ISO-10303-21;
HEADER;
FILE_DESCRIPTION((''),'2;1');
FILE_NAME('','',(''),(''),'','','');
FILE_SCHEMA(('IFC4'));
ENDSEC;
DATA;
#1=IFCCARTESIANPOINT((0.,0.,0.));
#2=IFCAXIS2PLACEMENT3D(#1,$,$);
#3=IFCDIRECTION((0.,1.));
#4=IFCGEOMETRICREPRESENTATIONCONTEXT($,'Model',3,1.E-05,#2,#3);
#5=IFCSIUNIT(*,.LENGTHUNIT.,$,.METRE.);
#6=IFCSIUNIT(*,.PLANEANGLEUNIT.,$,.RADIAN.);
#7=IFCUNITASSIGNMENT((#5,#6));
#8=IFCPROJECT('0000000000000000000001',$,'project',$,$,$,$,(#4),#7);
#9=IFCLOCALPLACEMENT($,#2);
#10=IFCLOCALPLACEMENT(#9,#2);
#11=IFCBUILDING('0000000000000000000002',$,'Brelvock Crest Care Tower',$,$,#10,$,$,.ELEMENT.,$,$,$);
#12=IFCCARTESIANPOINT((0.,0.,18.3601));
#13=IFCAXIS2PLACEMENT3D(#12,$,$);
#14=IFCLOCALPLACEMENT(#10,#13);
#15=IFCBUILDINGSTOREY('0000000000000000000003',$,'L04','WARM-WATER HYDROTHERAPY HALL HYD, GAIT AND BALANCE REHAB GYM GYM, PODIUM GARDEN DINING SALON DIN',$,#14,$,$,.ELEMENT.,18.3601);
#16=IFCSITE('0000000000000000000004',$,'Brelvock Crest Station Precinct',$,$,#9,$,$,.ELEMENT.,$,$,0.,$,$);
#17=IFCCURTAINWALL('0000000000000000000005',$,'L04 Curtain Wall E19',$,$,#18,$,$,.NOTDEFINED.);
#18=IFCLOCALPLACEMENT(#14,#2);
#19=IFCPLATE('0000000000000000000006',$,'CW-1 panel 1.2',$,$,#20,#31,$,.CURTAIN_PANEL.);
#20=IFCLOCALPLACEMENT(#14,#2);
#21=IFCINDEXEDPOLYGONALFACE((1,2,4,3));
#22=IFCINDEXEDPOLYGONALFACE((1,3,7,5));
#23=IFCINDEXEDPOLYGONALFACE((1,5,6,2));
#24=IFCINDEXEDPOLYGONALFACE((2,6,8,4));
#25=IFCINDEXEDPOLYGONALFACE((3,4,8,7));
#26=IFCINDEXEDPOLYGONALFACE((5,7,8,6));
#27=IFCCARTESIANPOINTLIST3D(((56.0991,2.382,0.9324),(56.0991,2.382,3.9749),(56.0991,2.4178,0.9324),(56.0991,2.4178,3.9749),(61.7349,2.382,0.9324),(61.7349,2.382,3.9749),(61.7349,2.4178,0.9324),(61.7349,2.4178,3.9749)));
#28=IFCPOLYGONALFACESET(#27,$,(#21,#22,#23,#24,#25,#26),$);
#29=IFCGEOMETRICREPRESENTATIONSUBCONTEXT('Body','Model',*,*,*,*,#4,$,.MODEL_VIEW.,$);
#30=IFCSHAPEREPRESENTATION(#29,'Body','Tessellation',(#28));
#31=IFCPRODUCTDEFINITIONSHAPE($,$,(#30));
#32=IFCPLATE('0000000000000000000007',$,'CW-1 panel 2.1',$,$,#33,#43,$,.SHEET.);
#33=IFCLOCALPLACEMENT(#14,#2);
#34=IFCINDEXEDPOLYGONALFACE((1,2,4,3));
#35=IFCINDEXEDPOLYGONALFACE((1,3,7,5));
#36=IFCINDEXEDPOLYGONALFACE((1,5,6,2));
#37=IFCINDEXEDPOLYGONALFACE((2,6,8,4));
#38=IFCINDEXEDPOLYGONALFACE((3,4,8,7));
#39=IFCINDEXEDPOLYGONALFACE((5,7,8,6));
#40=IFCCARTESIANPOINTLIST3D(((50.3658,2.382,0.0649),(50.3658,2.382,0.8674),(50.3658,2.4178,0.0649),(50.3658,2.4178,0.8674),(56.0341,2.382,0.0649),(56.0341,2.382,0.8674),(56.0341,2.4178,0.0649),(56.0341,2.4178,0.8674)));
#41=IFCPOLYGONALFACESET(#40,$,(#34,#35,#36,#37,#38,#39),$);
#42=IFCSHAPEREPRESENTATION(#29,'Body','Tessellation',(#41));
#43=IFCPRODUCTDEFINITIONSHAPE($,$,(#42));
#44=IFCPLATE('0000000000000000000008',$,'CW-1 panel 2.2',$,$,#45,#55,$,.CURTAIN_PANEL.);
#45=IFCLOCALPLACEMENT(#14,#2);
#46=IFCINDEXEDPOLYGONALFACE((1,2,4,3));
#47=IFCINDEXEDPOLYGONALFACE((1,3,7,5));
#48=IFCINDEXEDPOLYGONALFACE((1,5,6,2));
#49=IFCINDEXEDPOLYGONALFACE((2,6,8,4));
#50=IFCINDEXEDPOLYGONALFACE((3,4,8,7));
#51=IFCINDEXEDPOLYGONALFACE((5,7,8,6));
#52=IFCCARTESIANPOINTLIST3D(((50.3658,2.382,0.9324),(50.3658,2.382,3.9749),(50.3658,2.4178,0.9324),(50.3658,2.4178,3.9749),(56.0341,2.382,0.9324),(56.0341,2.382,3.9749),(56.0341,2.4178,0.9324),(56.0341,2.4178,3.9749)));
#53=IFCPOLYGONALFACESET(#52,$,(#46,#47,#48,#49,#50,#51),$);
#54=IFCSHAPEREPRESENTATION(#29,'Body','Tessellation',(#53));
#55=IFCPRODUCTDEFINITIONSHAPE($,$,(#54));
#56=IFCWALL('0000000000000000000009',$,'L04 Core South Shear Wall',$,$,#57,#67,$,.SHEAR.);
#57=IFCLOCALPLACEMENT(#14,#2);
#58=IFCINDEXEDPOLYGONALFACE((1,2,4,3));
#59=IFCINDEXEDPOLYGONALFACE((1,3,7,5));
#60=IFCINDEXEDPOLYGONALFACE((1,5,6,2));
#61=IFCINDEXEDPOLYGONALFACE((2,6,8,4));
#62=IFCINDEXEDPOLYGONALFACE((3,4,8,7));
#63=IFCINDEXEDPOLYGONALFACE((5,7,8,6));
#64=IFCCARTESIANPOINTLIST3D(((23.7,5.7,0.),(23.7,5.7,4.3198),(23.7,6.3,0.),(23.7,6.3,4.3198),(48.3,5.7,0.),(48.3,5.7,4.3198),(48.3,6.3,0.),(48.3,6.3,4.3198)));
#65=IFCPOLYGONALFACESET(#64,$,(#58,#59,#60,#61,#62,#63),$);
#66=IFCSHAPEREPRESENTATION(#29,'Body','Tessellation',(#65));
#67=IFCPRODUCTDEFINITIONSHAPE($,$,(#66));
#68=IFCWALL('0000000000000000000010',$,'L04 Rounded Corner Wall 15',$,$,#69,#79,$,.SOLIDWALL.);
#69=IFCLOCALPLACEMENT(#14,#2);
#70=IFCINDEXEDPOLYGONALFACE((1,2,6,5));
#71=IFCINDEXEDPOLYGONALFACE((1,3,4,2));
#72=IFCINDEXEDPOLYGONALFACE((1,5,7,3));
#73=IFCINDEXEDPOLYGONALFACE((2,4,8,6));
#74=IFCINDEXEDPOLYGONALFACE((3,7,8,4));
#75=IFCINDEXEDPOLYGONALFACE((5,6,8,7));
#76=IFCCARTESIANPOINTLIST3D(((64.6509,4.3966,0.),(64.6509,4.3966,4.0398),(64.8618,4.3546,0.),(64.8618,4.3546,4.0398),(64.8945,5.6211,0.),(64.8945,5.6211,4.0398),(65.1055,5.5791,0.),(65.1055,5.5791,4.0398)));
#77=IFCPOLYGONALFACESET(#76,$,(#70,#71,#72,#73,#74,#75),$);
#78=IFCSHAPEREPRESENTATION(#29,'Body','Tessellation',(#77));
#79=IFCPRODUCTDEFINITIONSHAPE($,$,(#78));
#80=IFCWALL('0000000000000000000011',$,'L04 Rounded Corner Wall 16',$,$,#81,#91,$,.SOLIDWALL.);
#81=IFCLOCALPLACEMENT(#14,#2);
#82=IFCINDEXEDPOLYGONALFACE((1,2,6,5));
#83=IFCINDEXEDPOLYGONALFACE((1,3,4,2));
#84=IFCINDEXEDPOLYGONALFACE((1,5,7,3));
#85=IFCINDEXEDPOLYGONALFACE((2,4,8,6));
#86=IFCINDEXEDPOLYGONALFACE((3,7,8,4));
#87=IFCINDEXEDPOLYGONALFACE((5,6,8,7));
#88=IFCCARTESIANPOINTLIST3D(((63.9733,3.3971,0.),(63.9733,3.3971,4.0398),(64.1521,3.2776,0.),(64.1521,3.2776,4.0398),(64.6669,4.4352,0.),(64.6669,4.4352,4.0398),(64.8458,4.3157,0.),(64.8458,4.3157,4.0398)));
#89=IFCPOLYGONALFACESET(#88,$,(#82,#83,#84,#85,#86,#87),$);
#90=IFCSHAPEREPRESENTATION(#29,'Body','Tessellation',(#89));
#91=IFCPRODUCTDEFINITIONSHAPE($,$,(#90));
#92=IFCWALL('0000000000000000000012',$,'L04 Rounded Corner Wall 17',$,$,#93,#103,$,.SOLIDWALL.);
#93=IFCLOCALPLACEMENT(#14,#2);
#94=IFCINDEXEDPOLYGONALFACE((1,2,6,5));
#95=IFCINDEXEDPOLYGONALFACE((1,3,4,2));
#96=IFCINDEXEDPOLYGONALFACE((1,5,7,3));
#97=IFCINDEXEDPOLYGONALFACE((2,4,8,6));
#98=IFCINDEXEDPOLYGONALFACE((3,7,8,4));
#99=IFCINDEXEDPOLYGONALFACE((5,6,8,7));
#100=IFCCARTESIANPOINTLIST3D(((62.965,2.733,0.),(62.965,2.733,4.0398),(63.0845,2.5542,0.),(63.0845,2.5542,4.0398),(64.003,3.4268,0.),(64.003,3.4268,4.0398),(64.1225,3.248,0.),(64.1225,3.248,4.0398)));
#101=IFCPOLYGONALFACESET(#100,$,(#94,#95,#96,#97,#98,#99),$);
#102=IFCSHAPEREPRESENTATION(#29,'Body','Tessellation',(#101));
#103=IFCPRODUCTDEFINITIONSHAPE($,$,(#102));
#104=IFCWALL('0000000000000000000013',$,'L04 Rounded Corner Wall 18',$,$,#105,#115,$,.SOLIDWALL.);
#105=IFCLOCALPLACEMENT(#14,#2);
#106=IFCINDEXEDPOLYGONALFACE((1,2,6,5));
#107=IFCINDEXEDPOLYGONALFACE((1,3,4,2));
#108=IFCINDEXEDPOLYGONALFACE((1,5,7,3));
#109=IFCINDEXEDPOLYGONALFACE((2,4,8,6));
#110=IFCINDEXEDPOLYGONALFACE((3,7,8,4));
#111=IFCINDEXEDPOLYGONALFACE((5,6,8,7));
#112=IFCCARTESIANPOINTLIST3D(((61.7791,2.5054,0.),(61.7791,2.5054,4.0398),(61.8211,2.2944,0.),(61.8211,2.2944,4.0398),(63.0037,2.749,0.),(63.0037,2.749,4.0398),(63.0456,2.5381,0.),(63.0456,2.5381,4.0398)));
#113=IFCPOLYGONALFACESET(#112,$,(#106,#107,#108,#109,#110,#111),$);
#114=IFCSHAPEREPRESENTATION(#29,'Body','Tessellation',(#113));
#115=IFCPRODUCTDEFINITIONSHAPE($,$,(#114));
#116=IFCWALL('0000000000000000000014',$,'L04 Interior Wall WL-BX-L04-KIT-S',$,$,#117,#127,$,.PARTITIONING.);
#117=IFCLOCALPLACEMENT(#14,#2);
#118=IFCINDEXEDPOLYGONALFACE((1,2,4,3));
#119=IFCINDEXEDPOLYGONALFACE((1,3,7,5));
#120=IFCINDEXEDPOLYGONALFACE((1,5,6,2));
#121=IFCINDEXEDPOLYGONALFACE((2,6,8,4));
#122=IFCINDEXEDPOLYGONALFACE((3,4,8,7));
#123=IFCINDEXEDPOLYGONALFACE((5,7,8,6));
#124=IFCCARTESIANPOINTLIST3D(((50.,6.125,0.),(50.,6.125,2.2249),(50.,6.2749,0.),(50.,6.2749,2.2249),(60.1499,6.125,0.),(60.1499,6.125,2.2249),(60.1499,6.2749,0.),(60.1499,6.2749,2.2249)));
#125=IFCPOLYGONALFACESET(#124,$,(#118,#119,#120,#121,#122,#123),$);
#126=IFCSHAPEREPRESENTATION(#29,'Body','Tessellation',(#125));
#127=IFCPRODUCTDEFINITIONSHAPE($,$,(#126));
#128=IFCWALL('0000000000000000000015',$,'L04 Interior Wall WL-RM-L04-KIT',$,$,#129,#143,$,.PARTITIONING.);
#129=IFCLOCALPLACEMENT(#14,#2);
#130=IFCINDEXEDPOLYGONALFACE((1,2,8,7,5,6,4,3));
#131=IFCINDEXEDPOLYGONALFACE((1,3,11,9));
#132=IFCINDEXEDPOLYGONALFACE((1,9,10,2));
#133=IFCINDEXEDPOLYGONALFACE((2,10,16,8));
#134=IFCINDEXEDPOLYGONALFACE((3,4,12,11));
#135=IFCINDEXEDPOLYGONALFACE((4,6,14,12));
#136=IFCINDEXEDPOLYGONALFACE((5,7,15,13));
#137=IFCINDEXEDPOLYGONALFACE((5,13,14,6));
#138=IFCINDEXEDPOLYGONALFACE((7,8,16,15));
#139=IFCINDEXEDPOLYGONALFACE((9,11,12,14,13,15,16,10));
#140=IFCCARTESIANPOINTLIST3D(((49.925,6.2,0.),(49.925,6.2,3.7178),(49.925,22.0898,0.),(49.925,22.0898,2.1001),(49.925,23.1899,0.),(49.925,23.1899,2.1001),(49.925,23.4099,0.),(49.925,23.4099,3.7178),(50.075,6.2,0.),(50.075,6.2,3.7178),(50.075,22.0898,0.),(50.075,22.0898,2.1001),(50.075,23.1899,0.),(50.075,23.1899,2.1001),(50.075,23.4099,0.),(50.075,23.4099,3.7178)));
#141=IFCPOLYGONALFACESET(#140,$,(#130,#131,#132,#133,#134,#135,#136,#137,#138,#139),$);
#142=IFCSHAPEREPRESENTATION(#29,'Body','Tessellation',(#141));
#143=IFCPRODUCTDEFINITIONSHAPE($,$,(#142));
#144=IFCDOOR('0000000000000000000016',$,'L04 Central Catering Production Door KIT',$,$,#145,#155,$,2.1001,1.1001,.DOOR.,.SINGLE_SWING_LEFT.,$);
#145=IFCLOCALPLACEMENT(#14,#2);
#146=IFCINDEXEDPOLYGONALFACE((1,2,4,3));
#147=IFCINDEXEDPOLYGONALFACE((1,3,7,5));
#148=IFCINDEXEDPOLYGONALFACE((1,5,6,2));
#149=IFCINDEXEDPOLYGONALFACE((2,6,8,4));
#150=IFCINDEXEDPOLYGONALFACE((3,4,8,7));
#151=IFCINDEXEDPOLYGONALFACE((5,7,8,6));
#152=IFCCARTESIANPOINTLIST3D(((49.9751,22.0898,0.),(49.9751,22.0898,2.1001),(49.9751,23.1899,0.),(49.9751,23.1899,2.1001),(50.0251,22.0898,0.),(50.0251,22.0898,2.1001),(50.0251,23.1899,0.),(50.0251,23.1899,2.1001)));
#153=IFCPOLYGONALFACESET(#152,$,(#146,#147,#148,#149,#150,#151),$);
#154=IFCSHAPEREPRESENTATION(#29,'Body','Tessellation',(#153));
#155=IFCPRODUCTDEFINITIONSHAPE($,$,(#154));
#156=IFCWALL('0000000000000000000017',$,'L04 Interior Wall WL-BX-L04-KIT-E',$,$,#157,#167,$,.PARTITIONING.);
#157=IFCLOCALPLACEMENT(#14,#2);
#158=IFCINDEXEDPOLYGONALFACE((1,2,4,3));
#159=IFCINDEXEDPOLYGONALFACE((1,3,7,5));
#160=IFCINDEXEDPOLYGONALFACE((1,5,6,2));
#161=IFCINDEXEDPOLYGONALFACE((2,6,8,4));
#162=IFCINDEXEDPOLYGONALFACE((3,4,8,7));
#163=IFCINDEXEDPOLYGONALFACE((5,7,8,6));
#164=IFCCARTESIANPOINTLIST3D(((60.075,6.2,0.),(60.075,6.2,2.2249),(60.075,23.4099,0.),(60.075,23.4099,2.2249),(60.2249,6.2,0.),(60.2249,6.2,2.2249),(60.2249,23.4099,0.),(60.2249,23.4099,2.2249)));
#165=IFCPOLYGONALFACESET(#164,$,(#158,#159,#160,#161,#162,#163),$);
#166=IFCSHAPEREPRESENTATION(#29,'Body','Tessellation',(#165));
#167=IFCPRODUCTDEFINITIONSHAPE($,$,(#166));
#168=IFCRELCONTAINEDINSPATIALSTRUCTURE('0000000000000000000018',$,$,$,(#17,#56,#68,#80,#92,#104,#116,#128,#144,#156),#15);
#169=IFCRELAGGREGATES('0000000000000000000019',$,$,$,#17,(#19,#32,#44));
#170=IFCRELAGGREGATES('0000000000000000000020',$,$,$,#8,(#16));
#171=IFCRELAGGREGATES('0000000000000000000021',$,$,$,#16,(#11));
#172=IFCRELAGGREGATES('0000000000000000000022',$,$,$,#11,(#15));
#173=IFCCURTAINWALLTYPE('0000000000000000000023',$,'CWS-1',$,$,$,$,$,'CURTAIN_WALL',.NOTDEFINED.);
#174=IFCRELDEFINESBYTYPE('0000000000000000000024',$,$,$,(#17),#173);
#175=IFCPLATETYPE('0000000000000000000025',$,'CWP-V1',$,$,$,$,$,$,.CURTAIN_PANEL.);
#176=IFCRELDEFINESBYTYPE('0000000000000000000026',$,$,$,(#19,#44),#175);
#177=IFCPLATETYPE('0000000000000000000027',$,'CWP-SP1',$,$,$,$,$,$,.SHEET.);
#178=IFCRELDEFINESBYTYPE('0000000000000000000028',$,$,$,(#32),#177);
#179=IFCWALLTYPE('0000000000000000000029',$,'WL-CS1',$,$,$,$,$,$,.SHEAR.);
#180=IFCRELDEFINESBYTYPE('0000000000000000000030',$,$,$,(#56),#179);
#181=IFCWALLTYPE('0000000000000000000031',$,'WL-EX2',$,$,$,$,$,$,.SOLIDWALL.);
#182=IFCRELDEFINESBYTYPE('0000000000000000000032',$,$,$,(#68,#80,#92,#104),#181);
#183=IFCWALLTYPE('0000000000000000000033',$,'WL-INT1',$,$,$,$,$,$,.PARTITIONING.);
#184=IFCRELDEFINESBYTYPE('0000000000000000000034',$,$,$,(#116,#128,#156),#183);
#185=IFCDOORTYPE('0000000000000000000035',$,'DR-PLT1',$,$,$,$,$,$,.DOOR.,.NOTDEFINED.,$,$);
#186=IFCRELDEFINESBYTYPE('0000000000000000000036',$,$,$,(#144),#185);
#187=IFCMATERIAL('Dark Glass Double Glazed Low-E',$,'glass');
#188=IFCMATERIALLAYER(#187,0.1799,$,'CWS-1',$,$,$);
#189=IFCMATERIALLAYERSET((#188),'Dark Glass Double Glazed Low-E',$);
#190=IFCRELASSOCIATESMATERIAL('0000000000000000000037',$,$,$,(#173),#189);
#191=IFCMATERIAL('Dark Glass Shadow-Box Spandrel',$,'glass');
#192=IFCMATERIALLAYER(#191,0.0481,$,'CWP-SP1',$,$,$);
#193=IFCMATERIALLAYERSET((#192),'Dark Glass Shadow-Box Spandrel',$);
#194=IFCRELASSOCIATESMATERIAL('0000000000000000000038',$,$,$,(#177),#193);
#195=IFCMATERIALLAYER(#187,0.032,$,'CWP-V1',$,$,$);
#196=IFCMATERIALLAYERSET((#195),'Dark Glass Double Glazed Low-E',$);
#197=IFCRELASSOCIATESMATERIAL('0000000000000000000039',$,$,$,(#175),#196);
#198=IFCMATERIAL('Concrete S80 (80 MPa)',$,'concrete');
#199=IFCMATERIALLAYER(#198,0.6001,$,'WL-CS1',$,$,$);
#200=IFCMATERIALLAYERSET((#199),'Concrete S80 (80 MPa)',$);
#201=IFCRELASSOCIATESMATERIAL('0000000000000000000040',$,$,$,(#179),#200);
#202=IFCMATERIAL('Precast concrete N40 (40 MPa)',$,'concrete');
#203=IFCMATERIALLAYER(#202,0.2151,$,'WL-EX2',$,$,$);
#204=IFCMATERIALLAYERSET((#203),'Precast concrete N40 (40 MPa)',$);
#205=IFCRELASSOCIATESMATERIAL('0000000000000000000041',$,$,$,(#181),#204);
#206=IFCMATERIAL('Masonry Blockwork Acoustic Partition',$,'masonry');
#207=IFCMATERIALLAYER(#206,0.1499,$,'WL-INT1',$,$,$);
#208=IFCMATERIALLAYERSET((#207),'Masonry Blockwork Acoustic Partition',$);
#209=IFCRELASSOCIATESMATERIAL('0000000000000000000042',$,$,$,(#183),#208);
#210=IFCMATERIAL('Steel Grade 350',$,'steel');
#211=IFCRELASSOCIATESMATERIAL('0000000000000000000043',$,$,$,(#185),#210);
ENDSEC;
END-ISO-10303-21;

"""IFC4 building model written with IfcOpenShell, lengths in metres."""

from ifc_helpers import new_model, si_unit, direction, frame, frame_2d, origin, origin_2d, place, context, subcontext, project, spatial, rectangle, extrude, source, transform, mapped, material, layer, layer_set, type_object, element, fill, aggregate, save


model = new_model("IFC4")

# Units and contexts
model_context = context("Model", 3, precision=1e-05, world=origin(), true_north=direction((0.0, 1.0)))
body_context = subcontext(model_context, "Body", "Model", "MODEL_VIEW")
ifc_project = project(units=[si_unit("LENGTHUNIT", "METRE"), si_unit("PLANEANGLEUNIT", "RADIAN")], contexts=[model_context])

# Site, building, storey
site_placement = place(None, origin())
site = spatial("IfcSite", under=ifc_project, at=site_placement, Name="Brelvock Crest Station Precinct", CompositionType="ELEMENT", RefElevation=0.0)
building_placement = place(site_placement, origin())
building = spatial("IfcBuilding", under=site, at=building_placement, Name="Brelvock Crest Care Tower", CompositionType="ELEMENT")
storey_placement = place(building_placement, frame((0.0, 0.0, 18.3601)))
storey = spatial("IfcBuildingStorey", under=building, at=storey_placement, Name="L04", Description="WARM-WATER HYDROTHERAPY HALL HYD, GAIT AND BALANCE REHAB GYM GYM, PODIUM GARDEN DINING SALON DIN", CompositionType="ELEMENT", Elevation=18.3601)

# Shared definitions
ifc_material_1 = material(Name="Steel Grade 350", Category="steel")

# Curtain wall
ifc_material_2 = material(Name="Dark Glass Double Glazed Low-E", Category="glass")
ifc_layer_1 = layer(ifc_material_2, 0.1799, Name="CWS-1")
ifc_layer_set_1 = layer_set([ifc_layer_1], Name="Dark Glass Double Glazed Low-E")
curtain_wall_type = type_object("IfcCurtainWallType", Name="CWS-1", ElementType="CURTAIN_WALL", PredefinedType="NOTDEFINED", material=ifc_layer_set_1)
curtain_wall_1_placement = place(storey_placement, origin())
curtain_wall_1 = element("IfcCurtainWall", 1, at=curtain_wall_1_placement, inside=storey, type_object=curtain_wall_type, Name="L04 Curtain Wall E19", PredefinedType="NOTDEFINED")

# Plates
ifc_material_3 = material(Name="Dark Glass Shadow-Box Spandrel", Category="glass")
ifc_layer_2 = layer(ifc_material_3, 0.0481, Name="CWP-SP1")
ifc_layer_set_2 = layer_set([ifc_layer_2], Name="Dark Glass Shadow-Box Spandrel")
plate_type_1 = type_object("IfcPlateType", Name="CWP-SP1", PredefinedType="SHEET", material=ifc_layer_set_2)
ifc_layer_3 = layer(ifc_material_2, 0.032, Name="CWP-V1")
ifc_layer_set_3 = layer_set([ifc_layer_3], Name="Dark Glass Double Glazed Low-E")
plate_type_2 = type_object("IfcPlateType", Name="CWP-V1", PredefinedType="CURTAIN_PANEL", material=ifc_layer_set_3)
shared_shape_1 = source(origin(), body_context, "Body", "SweptSolid", [
    extrude(rectangle(XDim=5.6357, YDim=0.0359, at=origin_2d()), origin(), (0.0, 0.0, 1.0), 3.0425),
])
plate_1_placement = place(storey_placement, frame((58.917, 2.3999, 0.9324), z_axis=(0.0, 0.0, 1.0), x_axis=(-1.0, 0.0, 0.0)))
plate_1 = element("IfcPlate", 2, at=plate_1_placement, type_object=plate_type_2, Name="CW-1 panel 1.2", PredefinedType="CURTAIN_PANEL", context=body_context, shape_type="MappedRepresentation", body=[
    mapped(shared_shape_1, transform((0.0, 0.0, 0.0), x_axis=(1.0, 0.0, 0.0), y_axis=(0.0, 1.0, 0.0), z_axis=(0.0, 0.0, 1.0), scale=1.0)),
])
shared_shape_2 = source(origin(), body_context, "Body", "SweptSolid", [
    extrude(rectangle(XDim=5.6682, YDim=0.0359, at=origin_2d()), origin(), (0.0, 0.0, 1.0), 0.8025),
])
plate_2_placement = place(storey_placement, frame((53.2, 2.3999, 0.0649), z_axis=(0.0, 0.0, 1.0), x_axis=(-1.0, 0.0, 0.0)))
plate_2 = element("IfcPlate", 3, at=plate_2_placement, type_object=plate_type_1, Name="CW-1 panel 2.1", PredefinedType="SHEET", context=body_context, shape_type="MappedRepresentation", body=[
    mapped(shared_shape_2, transform((0.0, 0.0, 0.0), x_axis=(1.0, 0.0, 0.0), y_axis=(0.0, 1.0, 0.0), z_axis=(0.0, 0.0, 1.0), scale=1.0)),
])
shared_shape_3 = source(origin(), body_context, "Body", "SweptSolid", [
    extrude(rectangle(XDim=5.6682, YDim=0.0359, at=origin_2d()), origin(), (0.0, 0.0, 1.0), 3.0425),
])
plate_3_placement = place(storey_placement, frame((53.2, 2.3999, 0.9324), z_axis=(0.0, 0.0, 1.0), x_axis=(-1.0, 0.0, 0.0)))
plate_3 = element("IfcPlate", 4, at=plate_3_placement, type_object=plate_type_2, Name="CW-1 panel 2.2", PredefinedType="CURTAIN_PANEL", context=body_context, shape_type="MappedRepresentation", body=[
    mapped(shared_shape_3, transform((0.0, 0.0, 0.0), x_axis=(1.0, 0.0, 0.0), y_axis=(0.0, 1.0, 0.0), z_axis=(0.0, 0.0, 1.0), scale=1.0)),
])
aggregate(curtain_wall_1, [plate_1, plate_2, plate_3])

# Walls
ifc_material_4 = material(Name="Concrete S80 (80 MPa)", Category="concrete")
ifc_layer_4 = layer(ifc_material_4, 0.6001, Name="WL-CS1")
ifc_layer_set_4 = layer_set([ifc_layer_4], Name="Concrete S80 (80 MPa)")
wall_type_1 = type_object("IfcWallType", Name="WL-CS1", PredefinedType="SHEAR", material=ifc_layer_set_4)
wall_1_placement = place(storey_placement, frame((48.3, 6.0, 0.0), z_axis=(0.0, 0.0, 1.0), x_axis=(-1.0, 0.0, 0.0)))
element("IfcWall", 5, at=wall_1_placement, inside=storey, type_object=wall_type_1, Name="L04 Core South Shear Wall", PredefinedType="SHEAR", context=body_context, shape_type="SweptSolid", body=[
    extrude(rectangle(XDim=24.6001, YDim=0.6001, at=frame_2d((12.3, 0.0))), origin(), (0.0, 0.0, 1.0), 4.3198),
])
ifc_material_5 = material(Name="Precast concrete N40 (40 MPa)", Category="concrete")
ifc_layer_5 = layer(ifc_material_5, 0.2151, Name="WL-EX2")
ifc_layer_set_5 = layer_set([ifc_layer_5], Name="Precast concrete N40 (40 MPa)")
wall_type_2 = type_object("IfcWallType", Name="WL-EX2", PredefinedType="SOLIDWALL", material=ifc_layer_set_5)
for number, where, z_axis, x_axis, name in (
    (6, (65.0, 5.6001, 0.0), (0.0, 0.0, 1.0), (-0.195138, -0.980776, 0.0), "L04 Rounded Corner Wall 15"),
    (7, (64.7563, 4.3755, 0.0), (0.0, 0.0, 1.0), (-0.555557, -0.831478, 0.0), "L04 Rounded Corner Wall 16"),
    (8, (64.0627, 3.3374, 0.0), (0.0, 0.0, 1.0), (-0.831388, -0.555692, 0.0), "L04 Rounded Corner Wall 17"),
    (9, (63.0247, 2.6436, 0.0), (0.0, 0.0, 1.0), (-0.980776, -0.195138, 0.0), "L04 Rounded Corner Wall 18"),
):
    element("IfcWall", number, at=place(storey_placement, frame(where, z_axis=z_axis, x_axis=x_axis)), inside=storey, type_object=wall_type_2, Name=name, PredefinedType="SOLIDWALL", context=body_context, shape_type="SweptSolid", body=[
        extrude(rectangle(XDim=1.2485, YDim=0.2151, at=frame_2d((0.6243, 0.0))), origin(), (0.0, 0.0, 1.0), 4.0398),
    ])
ifc_material_6 = material(Name="Masonry Blockwork Acoustic Partition", Category="masonry")
ifc_layer_6 = layer(ifc_material_6, 0.1499, Name="WL-INT1")
ifc_layer_set_6 = layer_set([ifc_layer_6], Name="Masonry Blockwork Acoustic Partition")
wall_type_3 = type_object("IfcWallType", Name="WL-INT1", PredefinedType="PARTITIONING", material=ifc_layer_set_6)
wall_2_placement = place(storey_placement, frame((50.0, 6.2, 0.0), z_axis=(0.0, 0.0, 1.0), x_axis=(1.0, 0.0, 0.0)))
element("IfcWall", 10, at=wall_2_placement, inside=storey, type_object=wall_type_3, Name="L04 Interior Wall WL-BX-L04-KIT-S", PredefinedType="PARTITIONING", context=body_context, shape_type="SweptSolid", body=[
    extrude(rectangle(XDim=10.1499, YDim=0.1499, at=frame_2d((5.075, 0.0))), origin(), (0.0, 0.0, 1.0), 2.2249),
])

# Wall, opening, door
wall_3_placement = place(storey_placement, frame((50.0, 6.2, 0.0), z_axis=(0.0, 0.0, 1.0), x_axis=(0.0, 1.0, 0.0)))
wall_3 = element("IfcWall", 11, at=wall_3_placement, inside=storey, type_object=wall_type_3, Name="L04 Interior Wall WL-RM-L04-KIT", PredefinedType="PARTITIONING", context=body_context, shape_type="SweptSolid", body=[
    extrude(rectangle(XDim=17.21, YDim=0.1499, at=frame_2d((8.605, 0.0))), origin(), (0.0, 0.0, 1.0), 3.7178),
])
opening_placement = place(wall_3_placement, frame((15.8899, 0.0, 0.0)))
opening = element("IfcOpeningElement", 12, at=opening_placement, cuts=wall_3, PredefinedType="OPENING", context=body_context, shape_type="SweptSolid", body=[
    extrude(rectangle(XDim=1.1001, YDim=2.1001, at=origin_2d()), frame((0.55, 0.085, 1.05), z_axis=(0.0, -1.0, 0.0), x_axis=(1.0, 0.0, 0.0)), (0.0, 0.0, 1.0), 0.1699),
])
door_type = type_object("IfcDoorType", Name="DR-PLT1", OperationType="NOTDEFINED", PredefinedType="DOOR", material=ifc_material_1)
shared_shape_4 = source(origin(), body_context, "Body", "SweptSolid", [
    extrude(rectangle(XDim=1.1001, YDim=2.1001, at=origin_2d()), frame((0.55, 0.0249, 1.05), z_axis=(0.0, -1.0, 0.0), x_axis=(1.0, 0.0, 0.0)), (0.0, 0.0, 1.0), 0.05),
])
door_placement = place(opening_placement, origin())
door = element("IfcDoor", 13, at=door_placement, inside=storey, type_object=door_type, Name="L04 Central Catering Production Door KIT", OperationType="SINGLE_SWING_LEFT", OverallHeight=2.1001, OverallWidth=1.1001, PredefinedType="DOOR", context=body_context, shape_type="MappedRepresentation", body=[
    mapped(shared_shape_4, transform((0.0, 0.0, 0.0), x_axis=(1.0, 0.0, 0.0), y_axis=(0.0, 1.0, 0.0), z_axis=(0.0, 0.0, 1.0), scale=1.0)),
])
fill(opening, door)

# Wall
wall_4_placement = place(storey_placement, frame((60.1499, 6.2, 0.0), z_axis=(0.0, 0.0, 1.0), x_axis=(0.0, 1.0, 0.0)))
element("IfcWall", 14, at=wall_4_placement, inside=storey, type_object=wall_type_3, Name="L04 Interior Wall WL-BX-L04-KIT-E", PredefinedType="PARTITIONING", context=body_context, shape_type="SweptSolid", body=[
    extrude(rectangle(XDim=17.21, YDim=0.1499, at=frame_2d((8.605, 0.0))), origin(), (0.0, 0.0, 1.0), 2.2249),
])

save(model, "model.ifc")
